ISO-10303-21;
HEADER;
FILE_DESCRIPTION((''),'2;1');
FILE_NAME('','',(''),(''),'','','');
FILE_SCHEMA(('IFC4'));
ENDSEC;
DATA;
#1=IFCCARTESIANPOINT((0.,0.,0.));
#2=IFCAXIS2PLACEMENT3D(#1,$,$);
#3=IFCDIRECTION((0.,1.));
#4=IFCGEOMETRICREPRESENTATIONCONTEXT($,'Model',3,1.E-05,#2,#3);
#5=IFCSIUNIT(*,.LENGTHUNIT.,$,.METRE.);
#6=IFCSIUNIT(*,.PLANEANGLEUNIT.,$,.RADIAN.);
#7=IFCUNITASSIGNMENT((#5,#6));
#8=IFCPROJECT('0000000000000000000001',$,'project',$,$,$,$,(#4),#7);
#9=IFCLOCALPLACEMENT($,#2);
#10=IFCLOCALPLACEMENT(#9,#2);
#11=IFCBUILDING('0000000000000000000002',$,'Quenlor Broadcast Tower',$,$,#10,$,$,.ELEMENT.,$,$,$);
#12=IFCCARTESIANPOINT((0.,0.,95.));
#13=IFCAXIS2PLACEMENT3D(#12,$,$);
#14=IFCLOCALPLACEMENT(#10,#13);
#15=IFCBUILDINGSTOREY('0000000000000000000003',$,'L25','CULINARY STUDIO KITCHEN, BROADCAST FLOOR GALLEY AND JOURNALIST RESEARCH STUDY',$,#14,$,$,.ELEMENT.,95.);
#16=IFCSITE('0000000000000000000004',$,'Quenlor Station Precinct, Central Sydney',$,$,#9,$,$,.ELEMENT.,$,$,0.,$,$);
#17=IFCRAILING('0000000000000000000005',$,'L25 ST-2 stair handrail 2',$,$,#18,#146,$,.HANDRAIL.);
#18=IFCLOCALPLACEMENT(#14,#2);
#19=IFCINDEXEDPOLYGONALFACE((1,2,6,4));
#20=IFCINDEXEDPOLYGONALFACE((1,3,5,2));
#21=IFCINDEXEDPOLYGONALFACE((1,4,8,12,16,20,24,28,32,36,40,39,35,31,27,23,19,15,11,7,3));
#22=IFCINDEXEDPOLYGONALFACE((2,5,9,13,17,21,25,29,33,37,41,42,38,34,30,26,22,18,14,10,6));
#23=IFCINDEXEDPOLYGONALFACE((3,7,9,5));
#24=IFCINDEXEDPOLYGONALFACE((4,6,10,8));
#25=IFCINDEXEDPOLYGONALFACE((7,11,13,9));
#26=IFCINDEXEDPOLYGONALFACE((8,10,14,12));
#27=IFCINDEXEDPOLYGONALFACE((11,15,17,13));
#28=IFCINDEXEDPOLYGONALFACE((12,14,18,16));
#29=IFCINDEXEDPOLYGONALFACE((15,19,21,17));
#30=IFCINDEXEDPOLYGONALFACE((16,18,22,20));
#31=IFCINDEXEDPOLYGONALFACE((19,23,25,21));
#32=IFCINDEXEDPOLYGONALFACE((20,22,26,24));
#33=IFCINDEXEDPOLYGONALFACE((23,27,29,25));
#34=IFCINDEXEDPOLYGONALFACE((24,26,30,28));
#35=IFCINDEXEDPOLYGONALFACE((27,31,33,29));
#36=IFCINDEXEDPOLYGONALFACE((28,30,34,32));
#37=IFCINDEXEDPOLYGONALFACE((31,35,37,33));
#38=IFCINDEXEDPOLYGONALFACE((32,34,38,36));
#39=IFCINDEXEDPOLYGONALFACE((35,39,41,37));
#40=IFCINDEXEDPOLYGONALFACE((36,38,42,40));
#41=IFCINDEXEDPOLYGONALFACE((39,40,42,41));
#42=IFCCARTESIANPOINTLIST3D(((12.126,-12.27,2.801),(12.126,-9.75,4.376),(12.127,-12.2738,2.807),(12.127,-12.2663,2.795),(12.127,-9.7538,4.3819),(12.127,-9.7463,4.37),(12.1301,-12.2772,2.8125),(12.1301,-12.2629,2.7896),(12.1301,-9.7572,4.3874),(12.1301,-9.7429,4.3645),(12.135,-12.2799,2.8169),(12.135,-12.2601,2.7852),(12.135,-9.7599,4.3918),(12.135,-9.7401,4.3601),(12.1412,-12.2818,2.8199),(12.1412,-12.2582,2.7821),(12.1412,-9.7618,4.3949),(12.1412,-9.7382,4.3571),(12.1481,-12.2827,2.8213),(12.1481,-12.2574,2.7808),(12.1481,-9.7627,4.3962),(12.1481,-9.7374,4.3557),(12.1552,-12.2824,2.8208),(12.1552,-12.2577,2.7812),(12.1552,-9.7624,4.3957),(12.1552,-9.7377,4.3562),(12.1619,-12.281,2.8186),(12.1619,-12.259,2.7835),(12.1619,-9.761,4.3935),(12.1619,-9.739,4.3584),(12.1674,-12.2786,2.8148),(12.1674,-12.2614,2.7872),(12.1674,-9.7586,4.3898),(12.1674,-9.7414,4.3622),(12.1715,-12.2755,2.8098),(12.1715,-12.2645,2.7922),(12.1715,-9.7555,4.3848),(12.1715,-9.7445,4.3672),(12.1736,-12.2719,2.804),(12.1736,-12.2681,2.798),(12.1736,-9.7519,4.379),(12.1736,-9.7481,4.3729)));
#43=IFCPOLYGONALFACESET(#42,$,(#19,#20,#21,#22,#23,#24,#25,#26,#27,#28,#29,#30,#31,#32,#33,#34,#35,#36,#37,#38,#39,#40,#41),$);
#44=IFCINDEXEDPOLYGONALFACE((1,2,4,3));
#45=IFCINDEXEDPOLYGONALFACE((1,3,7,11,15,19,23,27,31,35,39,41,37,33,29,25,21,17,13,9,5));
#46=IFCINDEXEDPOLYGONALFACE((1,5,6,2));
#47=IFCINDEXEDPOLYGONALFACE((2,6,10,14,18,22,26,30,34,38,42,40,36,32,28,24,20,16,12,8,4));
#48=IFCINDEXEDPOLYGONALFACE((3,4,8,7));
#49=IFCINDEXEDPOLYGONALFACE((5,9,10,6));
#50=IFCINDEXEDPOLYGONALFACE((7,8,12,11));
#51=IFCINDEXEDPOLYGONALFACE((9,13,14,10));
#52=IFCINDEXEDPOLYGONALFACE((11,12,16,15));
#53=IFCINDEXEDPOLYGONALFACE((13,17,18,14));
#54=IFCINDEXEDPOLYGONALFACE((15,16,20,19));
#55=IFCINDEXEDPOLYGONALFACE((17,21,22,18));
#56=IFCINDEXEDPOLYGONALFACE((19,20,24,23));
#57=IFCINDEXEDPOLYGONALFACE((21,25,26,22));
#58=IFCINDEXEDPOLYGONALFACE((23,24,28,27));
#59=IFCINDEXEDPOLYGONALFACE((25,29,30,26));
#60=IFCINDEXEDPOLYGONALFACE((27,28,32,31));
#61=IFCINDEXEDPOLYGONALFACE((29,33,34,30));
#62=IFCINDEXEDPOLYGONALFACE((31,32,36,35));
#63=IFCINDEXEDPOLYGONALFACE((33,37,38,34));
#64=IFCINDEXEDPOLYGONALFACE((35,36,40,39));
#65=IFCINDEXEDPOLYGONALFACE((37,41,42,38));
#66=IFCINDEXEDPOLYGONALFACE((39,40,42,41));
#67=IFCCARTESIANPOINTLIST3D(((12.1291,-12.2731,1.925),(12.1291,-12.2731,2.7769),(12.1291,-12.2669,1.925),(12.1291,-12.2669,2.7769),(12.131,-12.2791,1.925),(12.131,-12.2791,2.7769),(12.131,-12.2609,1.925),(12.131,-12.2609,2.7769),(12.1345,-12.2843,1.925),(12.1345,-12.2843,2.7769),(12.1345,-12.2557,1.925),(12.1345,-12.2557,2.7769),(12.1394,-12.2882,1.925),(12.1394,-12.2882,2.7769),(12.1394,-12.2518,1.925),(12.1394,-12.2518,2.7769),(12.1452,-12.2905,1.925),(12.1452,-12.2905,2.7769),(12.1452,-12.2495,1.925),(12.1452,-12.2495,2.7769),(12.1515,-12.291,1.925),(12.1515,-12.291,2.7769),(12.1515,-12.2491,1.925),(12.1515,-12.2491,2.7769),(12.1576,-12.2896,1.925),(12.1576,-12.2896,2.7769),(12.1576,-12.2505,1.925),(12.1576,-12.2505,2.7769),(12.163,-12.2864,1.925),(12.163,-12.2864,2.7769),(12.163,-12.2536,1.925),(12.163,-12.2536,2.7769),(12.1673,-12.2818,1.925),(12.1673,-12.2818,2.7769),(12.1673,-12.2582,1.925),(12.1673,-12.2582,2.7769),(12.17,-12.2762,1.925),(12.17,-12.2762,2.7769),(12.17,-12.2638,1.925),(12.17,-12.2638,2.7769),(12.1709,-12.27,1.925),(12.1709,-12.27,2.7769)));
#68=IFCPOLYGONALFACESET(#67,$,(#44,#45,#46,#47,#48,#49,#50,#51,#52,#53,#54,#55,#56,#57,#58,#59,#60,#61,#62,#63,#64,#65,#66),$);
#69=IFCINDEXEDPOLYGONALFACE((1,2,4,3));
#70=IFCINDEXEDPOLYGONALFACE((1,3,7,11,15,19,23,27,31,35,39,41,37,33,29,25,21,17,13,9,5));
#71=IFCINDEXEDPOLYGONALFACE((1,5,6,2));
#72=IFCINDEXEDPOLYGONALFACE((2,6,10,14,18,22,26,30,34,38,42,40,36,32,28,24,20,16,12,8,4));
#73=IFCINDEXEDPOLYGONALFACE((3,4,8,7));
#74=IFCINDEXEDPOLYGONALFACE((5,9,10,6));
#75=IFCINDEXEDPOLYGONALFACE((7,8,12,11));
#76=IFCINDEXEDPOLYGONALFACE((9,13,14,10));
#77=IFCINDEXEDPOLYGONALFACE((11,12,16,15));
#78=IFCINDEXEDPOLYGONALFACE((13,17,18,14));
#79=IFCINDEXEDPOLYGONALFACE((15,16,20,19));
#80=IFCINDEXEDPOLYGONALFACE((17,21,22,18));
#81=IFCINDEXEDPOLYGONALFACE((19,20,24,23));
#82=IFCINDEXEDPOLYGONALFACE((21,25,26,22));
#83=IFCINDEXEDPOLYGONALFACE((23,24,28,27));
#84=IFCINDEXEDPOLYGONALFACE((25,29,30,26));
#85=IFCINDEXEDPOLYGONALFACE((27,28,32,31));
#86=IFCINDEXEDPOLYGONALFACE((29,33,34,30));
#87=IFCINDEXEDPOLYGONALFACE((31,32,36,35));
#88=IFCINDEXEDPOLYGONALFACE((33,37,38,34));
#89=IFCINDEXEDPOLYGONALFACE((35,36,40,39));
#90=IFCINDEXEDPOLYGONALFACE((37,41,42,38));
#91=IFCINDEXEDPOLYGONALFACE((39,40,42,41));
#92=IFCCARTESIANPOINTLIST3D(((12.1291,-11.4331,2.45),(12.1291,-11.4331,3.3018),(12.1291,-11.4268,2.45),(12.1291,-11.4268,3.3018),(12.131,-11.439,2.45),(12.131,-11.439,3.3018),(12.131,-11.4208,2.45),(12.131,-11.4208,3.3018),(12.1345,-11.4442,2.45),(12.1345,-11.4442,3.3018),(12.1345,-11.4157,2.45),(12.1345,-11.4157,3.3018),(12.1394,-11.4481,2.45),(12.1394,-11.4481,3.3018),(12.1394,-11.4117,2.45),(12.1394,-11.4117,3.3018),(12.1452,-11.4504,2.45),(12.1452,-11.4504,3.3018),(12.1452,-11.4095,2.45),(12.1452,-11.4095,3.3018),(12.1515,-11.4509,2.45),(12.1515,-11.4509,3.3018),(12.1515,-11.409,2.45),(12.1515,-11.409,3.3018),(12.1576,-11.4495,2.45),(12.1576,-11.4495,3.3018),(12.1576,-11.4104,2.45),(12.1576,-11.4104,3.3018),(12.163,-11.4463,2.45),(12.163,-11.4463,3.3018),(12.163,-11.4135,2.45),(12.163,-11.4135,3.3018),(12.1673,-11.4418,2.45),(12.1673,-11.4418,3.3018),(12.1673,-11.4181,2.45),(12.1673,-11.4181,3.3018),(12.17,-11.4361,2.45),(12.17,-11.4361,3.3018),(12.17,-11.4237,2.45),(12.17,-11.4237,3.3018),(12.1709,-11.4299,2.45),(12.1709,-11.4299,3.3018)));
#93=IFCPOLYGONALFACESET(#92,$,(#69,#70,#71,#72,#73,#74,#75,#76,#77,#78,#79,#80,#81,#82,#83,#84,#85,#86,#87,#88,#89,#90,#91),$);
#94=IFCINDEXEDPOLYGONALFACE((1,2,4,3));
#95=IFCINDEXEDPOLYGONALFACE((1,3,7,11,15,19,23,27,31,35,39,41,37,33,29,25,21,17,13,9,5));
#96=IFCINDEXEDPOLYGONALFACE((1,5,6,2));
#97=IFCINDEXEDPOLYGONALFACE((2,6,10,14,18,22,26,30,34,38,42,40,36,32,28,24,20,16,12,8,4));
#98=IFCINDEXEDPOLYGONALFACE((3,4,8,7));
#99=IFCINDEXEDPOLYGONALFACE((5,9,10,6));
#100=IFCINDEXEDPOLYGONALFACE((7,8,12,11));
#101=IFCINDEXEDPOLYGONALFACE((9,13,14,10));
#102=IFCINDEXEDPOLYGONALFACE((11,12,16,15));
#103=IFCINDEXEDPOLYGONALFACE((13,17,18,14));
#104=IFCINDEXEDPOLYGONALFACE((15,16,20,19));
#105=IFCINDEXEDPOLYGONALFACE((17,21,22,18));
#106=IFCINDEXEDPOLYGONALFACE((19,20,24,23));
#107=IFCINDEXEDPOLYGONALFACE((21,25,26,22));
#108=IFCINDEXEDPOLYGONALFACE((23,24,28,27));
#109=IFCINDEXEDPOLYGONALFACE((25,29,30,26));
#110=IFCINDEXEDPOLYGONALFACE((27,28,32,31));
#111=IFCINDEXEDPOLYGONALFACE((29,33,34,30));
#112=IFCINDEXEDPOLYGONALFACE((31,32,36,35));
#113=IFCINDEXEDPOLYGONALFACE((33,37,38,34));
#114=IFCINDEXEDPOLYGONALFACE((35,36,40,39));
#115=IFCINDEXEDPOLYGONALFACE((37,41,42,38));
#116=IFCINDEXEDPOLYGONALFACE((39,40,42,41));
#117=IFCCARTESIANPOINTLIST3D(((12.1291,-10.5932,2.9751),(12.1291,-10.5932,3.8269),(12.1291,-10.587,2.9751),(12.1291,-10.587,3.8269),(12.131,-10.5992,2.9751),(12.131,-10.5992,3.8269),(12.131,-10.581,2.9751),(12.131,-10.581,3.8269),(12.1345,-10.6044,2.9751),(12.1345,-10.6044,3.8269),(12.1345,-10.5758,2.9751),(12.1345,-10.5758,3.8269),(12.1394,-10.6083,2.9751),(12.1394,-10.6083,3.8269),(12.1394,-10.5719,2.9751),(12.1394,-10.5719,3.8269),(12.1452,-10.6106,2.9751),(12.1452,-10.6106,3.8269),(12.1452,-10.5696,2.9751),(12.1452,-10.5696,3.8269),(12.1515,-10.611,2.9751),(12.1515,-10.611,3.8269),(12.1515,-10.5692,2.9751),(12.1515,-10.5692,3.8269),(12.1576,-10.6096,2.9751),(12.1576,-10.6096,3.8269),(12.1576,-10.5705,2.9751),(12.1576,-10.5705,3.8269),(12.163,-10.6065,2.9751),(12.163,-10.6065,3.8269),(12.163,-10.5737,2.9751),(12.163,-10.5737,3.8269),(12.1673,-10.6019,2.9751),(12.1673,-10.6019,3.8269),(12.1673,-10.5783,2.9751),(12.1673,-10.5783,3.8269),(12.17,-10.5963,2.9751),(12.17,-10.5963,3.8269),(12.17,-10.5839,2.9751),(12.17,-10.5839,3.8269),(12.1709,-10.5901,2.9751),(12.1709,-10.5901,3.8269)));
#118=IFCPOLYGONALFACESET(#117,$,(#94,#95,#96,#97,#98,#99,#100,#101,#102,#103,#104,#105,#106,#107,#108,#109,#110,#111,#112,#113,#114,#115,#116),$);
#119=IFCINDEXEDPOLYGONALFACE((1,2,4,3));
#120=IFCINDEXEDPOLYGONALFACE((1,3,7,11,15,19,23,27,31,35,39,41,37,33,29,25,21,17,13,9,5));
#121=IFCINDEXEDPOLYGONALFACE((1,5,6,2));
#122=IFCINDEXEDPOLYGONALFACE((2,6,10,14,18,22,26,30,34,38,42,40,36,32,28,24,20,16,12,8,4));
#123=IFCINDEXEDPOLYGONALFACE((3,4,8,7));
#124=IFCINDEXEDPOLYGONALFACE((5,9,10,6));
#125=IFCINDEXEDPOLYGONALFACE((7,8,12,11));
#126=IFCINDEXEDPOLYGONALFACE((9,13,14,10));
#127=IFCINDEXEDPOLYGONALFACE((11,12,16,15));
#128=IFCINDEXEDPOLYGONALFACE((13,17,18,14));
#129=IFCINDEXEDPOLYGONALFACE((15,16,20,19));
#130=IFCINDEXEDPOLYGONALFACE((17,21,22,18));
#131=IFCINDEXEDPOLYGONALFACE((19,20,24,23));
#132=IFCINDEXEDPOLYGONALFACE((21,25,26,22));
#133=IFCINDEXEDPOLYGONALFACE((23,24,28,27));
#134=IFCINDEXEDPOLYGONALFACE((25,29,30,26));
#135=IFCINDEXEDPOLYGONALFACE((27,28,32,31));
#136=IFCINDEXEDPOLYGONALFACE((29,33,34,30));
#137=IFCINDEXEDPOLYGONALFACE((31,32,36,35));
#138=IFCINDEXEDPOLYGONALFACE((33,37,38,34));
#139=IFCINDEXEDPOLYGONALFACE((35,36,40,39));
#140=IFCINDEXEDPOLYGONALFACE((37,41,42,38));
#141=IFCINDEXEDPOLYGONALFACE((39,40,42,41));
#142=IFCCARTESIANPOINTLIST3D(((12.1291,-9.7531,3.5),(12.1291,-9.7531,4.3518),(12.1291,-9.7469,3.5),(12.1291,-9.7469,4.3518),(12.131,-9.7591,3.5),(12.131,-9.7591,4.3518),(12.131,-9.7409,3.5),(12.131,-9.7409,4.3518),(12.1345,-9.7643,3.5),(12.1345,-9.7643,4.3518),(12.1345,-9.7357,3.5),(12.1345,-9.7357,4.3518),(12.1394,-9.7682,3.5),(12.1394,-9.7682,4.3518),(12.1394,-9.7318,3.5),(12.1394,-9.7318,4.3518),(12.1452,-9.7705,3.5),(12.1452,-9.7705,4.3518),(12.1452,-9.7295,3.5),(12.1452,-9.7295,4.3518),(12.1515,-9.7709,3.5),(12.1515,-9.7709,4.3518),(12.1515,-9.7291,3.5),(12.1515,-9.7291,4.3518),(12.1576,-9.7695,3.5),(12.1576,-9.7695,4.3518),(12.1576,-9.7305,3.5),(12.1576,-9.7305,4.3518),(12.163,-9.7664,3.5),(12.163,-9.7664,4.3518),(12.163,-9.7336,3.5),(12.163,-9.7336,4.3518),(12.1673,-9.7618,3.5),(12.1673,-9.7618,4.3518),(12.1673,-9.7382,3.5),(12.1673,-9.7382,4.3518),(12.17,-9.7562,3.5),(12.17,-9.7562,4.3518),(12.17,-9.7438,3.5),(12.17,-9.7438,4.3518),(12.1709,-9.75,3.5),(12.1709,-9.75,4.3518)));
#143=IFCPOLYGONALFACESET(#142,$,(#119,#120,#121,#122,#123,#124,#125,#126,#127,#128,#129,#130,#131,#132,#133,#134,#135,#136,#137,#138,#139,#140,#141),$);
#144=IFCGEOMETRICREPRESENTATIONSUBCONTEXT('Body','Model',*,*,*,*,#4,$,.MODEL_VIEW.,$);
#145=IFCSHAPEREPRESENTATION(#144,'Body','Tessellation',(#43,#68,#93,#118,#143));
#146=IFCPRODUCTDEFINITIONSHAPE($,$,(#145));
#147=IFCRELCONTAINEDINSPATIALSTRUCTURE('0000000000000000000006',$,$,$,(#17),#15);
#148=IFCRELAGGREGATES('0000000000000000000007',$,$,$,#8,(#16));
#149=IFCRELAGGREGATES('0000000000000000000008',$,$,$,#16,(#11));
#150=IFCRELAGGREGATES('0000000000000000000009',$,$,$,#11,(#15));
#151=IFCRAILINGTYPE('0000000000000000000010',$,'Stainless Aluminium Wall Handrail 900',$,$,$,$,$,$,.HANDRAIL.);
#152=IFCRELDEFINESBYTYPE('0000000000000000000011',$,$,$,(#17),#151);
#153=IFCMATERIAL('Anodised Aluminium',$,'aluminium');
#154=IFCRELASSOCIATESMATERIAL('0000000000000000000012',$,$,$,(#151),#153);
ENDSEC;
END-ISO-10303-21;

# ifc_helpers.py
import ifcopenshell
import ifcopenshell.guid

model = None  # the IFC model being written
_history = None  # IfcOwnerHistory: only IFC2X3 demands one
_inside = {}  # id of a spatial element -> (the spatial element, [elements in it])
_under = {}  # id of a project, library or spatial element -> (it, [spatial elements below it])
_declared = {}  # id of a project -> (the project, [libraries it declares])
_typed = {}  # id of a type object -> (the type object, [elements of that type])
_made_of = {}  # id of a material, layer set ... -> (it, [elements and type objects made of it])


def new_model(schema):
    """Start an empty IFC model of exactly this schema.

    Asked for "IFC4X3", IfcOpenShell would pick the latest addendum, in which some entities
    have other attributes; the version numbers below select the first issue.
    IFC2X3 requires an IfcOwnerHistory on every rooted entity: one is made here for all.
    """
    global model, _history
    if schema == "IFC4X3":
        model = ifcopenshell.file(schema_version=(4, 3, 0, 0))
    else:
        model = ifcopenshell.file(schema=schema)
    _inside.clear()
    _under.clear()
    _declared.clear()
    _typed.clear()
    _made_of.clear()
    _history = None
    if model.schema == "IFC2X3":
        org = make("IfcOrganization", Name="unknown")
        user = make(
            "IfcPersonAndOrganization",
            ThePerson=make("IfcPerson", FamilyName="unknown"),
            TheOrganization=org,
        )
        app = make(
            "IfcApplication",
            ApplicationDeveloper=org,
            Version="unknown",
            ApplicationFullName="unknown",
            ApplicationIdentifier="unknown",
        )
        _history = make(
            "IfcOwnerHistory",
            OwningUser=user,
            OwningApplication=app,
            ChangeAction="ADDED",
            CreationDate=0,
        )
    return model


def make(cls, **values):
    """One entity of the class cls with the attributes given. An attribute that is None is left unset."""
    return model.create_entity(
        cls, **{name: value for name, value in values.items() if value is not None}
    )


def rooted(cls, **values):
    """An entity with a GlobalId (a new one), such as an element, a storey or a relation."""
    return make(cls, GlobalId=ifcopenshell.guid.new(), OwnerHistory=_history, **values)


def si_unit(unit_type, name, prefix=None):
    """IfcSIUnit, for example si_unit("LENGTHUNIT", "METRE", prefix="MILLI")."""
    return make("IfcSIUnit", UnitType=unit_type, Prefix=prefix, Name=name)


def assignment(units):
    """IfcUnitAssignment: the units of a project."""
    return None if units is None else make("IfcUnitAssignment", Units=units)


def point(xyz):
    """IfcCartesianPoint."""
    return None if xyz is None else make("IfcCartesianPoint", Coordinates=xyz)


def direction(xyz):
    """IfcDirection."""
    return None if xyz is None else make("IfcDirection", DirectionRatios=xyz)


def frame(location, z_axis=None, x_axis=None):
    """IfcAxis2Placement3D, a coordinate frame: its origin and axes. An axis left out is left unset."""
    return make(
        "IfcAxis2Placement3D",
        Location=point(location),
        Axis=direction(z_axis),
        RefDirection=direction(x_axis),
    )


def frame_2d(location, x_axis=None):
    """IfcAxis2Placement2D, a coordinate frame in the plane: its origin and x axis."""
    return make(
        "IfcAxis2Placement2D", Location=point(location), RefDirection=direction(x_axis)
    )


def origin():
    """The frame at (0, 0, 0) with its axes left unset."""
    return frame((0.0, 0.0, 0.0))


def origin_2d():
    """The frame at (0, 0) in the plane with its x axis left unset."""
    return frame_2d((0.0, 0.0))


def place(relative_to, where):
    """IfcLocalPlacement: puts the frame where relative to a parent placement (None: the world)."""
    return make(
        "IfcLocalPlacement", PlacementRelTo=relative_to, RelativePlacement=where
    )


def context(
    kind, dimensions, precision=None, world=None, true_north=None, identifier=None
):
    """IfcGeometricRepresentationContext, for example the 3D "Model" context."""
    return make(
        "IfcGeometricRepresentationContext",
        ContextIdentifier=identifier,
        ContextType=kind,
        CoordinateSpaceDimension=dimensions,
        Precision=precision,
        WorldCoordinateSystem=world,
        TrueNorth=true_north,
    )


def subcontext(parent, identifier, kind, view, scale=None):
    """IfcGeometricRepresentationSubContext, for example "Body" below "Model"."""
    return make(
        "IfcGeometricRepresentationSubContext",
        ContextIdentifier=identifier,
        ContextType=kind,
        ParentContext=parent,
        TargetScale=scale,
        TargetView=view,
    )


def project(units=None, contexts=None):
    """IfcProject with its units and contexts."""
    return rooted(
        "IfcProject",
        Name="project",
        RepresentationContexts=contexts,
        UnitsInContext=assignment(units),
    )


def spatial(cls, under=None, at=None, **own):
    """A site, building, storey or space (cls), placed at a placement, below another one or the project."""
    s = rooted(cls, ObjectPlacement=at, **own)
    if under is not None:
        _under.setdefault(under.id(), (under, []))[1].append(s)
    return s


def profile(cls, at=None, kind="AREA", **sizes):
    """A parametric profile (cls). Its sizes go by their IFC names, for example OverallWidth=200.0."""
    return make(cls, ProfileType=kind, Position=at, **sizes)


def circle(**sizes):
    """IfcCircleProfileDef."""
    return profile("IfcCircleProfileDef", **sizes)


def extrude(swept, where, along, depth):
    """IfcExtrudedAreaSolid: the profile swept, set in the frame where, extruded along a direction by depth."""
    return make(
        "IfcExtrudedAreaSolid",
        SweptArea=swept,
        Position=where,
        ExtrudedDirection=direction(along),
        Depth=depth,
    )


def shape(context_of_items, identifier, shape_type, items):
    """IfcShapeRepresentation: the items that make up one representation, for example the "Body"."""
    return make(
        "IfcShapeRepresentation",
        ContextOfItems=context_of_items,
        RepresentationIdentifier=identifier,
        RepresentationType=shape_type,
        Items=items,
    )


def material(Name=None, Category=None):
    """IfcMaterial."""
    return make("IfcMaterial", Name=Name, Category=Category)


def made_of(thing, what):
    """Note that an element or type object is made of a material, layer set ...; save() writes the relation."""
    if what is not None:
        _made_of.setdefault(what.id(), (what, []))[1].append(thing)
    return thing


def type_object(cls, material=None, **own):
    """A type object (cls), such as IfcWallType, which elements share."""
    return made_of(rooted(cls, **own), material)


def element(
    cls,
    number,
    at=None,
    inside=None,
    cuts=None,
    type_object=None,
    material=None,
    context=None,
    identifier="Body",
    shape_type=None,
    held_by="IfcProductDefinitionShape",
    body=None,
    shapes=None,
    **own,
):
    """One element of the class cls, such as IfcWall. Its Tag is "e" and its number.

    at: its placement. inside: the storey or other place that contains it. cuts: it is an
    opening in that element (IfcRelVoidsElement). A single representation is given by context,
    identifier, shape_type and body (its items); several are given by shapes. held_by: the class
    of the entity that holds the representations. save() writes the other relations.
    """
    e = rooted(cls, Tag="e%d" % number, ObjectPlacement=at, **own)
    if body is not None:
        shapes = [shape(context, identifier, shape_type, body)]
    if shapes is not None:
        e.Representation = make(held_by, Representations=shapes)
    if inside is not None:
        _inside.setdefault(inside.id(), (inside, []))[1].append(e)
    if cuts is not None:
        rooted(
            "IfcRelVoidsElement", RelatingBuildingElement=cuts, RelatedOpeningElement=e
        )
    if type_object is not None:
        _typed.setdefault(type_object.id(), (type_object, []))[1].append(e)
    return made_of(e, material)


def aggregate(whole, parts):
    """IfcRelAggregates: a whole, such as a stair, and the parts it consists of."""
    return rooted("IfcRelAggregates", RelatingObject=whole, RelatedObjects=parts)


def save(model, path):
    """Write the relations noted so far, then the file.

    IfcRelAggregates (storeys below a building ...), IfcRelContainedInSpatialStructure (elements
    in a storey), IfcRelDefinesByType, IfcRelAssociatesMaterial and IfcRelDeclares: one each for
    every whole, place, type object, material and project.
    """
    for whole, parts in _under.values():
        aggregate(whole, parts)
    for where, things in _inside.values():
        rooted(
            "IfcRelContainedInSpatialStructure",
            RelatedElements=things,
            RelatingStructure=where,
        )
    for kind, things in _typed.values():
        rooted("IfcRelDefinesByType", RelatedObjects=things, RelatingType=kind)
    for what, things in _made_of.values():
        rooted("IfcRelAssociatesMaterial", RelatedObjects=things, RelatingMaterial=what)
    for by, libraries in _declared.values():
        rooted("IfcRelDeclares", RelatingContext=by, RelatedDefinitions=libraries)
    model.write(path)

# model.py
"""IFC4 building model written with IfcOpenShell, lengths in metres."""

from ifc_helpers import new_model, si_unit, direction, frame, origin, origin_2d, place, context, subcontext, project, spatial, circle, extrude, material, type_object, element, save


model = new_model("IFC4")

# Units and contexts
model_context = context("Model", 3, precision=1e-05, world=origin(), true_north=direction((0.0, 1.0)))
body_context = subcontext(model_context, "Body", "Model", "MODEL_VIEW")
ifc_project = project(units=[si_unit("LENGTHUNIT", "METRE"), si_unit("PLANEANGLEUNIT", "RADIAN")], contexts=[model_context])

# Site, building, storey
site_placement = place(None, origin())
site = spatial("IfcSite", under=ifc_project, at=site_placement, Name="Quenlor Station Precinct, Central Sydney", CompositionType="ELEMENT", RefElevation=0.0)
building_placement = place(site_placement, origin())
building = spatial("IfcBuilding", under=site, at=building_placement, Name="Quenlor Broadcast Tower", CompositionType="ELEMENT")
storey_placement = place(building_placement, frame((0.0, 0.0, 95.0)))
storey = spatial("IfcBuildingStorey", under=building, at=storey_placement, Name="L25", Description="CULINARY STUDIO KITCHEN, BROADCAST FLOOR GALLEY AND JOURNALIST RESEARCH STUDY", CompositionType="ELEMENT", Elevation=95.0)

# Railing
ifc_material_1 = material(Name="Anodised Aluminium", Category="aluminium")
railing_type_1 = type_object("IfcRailingType", Name="Stainless Aluminium Wall Handrail 900", PredefinedType="HANDRAIL", material=ifc_material_1)
railing_1_placement = place(storey_placement, frame((12.1499, -12.27, 1.925)))
element("IfcRailing", 1, at=railing_1_placement, inside=storey, type_object=railing_type_1, Name="L25 ST-2 stair handrail 2", PredefinedType="HANDRAIL", context=body_context, shape_type="SweptSolid", body=[
    extrude(circle(Radius=0.0239, at=origin_2d()), frame((0.0, 0.0, 0.876), z_axis=(0.0, 0.848008, 0.529984), x_axis=(-1.0, 0.0, 0.0)), (0.0, 0.0, 1.0), 2.9717),
    extrude(circle(Radius=0.021, at=origin_2d()), origin(), (0.0, 0.0, 1.0), 0.8518),
    extrude(circle(Radius=0.021, at=origin_2d()), frame((0.0, 0.8401, 0.5249)), (0.0, 0.0, 1.0), 0.8518),
    extrude(circle(Radius=0.021, at=origin_2d()), frame((0.0, 1.6799, 1.05)), (0.0, 0.0, 1.0), 0.8518),
    extrude(circle(Radius=0.021, at=origin_2d()), frame((0.0, 2.52, 1.575)), (0.0, 0.0, 1.0), 0.8518),
])

save(model, "model.ifc")
